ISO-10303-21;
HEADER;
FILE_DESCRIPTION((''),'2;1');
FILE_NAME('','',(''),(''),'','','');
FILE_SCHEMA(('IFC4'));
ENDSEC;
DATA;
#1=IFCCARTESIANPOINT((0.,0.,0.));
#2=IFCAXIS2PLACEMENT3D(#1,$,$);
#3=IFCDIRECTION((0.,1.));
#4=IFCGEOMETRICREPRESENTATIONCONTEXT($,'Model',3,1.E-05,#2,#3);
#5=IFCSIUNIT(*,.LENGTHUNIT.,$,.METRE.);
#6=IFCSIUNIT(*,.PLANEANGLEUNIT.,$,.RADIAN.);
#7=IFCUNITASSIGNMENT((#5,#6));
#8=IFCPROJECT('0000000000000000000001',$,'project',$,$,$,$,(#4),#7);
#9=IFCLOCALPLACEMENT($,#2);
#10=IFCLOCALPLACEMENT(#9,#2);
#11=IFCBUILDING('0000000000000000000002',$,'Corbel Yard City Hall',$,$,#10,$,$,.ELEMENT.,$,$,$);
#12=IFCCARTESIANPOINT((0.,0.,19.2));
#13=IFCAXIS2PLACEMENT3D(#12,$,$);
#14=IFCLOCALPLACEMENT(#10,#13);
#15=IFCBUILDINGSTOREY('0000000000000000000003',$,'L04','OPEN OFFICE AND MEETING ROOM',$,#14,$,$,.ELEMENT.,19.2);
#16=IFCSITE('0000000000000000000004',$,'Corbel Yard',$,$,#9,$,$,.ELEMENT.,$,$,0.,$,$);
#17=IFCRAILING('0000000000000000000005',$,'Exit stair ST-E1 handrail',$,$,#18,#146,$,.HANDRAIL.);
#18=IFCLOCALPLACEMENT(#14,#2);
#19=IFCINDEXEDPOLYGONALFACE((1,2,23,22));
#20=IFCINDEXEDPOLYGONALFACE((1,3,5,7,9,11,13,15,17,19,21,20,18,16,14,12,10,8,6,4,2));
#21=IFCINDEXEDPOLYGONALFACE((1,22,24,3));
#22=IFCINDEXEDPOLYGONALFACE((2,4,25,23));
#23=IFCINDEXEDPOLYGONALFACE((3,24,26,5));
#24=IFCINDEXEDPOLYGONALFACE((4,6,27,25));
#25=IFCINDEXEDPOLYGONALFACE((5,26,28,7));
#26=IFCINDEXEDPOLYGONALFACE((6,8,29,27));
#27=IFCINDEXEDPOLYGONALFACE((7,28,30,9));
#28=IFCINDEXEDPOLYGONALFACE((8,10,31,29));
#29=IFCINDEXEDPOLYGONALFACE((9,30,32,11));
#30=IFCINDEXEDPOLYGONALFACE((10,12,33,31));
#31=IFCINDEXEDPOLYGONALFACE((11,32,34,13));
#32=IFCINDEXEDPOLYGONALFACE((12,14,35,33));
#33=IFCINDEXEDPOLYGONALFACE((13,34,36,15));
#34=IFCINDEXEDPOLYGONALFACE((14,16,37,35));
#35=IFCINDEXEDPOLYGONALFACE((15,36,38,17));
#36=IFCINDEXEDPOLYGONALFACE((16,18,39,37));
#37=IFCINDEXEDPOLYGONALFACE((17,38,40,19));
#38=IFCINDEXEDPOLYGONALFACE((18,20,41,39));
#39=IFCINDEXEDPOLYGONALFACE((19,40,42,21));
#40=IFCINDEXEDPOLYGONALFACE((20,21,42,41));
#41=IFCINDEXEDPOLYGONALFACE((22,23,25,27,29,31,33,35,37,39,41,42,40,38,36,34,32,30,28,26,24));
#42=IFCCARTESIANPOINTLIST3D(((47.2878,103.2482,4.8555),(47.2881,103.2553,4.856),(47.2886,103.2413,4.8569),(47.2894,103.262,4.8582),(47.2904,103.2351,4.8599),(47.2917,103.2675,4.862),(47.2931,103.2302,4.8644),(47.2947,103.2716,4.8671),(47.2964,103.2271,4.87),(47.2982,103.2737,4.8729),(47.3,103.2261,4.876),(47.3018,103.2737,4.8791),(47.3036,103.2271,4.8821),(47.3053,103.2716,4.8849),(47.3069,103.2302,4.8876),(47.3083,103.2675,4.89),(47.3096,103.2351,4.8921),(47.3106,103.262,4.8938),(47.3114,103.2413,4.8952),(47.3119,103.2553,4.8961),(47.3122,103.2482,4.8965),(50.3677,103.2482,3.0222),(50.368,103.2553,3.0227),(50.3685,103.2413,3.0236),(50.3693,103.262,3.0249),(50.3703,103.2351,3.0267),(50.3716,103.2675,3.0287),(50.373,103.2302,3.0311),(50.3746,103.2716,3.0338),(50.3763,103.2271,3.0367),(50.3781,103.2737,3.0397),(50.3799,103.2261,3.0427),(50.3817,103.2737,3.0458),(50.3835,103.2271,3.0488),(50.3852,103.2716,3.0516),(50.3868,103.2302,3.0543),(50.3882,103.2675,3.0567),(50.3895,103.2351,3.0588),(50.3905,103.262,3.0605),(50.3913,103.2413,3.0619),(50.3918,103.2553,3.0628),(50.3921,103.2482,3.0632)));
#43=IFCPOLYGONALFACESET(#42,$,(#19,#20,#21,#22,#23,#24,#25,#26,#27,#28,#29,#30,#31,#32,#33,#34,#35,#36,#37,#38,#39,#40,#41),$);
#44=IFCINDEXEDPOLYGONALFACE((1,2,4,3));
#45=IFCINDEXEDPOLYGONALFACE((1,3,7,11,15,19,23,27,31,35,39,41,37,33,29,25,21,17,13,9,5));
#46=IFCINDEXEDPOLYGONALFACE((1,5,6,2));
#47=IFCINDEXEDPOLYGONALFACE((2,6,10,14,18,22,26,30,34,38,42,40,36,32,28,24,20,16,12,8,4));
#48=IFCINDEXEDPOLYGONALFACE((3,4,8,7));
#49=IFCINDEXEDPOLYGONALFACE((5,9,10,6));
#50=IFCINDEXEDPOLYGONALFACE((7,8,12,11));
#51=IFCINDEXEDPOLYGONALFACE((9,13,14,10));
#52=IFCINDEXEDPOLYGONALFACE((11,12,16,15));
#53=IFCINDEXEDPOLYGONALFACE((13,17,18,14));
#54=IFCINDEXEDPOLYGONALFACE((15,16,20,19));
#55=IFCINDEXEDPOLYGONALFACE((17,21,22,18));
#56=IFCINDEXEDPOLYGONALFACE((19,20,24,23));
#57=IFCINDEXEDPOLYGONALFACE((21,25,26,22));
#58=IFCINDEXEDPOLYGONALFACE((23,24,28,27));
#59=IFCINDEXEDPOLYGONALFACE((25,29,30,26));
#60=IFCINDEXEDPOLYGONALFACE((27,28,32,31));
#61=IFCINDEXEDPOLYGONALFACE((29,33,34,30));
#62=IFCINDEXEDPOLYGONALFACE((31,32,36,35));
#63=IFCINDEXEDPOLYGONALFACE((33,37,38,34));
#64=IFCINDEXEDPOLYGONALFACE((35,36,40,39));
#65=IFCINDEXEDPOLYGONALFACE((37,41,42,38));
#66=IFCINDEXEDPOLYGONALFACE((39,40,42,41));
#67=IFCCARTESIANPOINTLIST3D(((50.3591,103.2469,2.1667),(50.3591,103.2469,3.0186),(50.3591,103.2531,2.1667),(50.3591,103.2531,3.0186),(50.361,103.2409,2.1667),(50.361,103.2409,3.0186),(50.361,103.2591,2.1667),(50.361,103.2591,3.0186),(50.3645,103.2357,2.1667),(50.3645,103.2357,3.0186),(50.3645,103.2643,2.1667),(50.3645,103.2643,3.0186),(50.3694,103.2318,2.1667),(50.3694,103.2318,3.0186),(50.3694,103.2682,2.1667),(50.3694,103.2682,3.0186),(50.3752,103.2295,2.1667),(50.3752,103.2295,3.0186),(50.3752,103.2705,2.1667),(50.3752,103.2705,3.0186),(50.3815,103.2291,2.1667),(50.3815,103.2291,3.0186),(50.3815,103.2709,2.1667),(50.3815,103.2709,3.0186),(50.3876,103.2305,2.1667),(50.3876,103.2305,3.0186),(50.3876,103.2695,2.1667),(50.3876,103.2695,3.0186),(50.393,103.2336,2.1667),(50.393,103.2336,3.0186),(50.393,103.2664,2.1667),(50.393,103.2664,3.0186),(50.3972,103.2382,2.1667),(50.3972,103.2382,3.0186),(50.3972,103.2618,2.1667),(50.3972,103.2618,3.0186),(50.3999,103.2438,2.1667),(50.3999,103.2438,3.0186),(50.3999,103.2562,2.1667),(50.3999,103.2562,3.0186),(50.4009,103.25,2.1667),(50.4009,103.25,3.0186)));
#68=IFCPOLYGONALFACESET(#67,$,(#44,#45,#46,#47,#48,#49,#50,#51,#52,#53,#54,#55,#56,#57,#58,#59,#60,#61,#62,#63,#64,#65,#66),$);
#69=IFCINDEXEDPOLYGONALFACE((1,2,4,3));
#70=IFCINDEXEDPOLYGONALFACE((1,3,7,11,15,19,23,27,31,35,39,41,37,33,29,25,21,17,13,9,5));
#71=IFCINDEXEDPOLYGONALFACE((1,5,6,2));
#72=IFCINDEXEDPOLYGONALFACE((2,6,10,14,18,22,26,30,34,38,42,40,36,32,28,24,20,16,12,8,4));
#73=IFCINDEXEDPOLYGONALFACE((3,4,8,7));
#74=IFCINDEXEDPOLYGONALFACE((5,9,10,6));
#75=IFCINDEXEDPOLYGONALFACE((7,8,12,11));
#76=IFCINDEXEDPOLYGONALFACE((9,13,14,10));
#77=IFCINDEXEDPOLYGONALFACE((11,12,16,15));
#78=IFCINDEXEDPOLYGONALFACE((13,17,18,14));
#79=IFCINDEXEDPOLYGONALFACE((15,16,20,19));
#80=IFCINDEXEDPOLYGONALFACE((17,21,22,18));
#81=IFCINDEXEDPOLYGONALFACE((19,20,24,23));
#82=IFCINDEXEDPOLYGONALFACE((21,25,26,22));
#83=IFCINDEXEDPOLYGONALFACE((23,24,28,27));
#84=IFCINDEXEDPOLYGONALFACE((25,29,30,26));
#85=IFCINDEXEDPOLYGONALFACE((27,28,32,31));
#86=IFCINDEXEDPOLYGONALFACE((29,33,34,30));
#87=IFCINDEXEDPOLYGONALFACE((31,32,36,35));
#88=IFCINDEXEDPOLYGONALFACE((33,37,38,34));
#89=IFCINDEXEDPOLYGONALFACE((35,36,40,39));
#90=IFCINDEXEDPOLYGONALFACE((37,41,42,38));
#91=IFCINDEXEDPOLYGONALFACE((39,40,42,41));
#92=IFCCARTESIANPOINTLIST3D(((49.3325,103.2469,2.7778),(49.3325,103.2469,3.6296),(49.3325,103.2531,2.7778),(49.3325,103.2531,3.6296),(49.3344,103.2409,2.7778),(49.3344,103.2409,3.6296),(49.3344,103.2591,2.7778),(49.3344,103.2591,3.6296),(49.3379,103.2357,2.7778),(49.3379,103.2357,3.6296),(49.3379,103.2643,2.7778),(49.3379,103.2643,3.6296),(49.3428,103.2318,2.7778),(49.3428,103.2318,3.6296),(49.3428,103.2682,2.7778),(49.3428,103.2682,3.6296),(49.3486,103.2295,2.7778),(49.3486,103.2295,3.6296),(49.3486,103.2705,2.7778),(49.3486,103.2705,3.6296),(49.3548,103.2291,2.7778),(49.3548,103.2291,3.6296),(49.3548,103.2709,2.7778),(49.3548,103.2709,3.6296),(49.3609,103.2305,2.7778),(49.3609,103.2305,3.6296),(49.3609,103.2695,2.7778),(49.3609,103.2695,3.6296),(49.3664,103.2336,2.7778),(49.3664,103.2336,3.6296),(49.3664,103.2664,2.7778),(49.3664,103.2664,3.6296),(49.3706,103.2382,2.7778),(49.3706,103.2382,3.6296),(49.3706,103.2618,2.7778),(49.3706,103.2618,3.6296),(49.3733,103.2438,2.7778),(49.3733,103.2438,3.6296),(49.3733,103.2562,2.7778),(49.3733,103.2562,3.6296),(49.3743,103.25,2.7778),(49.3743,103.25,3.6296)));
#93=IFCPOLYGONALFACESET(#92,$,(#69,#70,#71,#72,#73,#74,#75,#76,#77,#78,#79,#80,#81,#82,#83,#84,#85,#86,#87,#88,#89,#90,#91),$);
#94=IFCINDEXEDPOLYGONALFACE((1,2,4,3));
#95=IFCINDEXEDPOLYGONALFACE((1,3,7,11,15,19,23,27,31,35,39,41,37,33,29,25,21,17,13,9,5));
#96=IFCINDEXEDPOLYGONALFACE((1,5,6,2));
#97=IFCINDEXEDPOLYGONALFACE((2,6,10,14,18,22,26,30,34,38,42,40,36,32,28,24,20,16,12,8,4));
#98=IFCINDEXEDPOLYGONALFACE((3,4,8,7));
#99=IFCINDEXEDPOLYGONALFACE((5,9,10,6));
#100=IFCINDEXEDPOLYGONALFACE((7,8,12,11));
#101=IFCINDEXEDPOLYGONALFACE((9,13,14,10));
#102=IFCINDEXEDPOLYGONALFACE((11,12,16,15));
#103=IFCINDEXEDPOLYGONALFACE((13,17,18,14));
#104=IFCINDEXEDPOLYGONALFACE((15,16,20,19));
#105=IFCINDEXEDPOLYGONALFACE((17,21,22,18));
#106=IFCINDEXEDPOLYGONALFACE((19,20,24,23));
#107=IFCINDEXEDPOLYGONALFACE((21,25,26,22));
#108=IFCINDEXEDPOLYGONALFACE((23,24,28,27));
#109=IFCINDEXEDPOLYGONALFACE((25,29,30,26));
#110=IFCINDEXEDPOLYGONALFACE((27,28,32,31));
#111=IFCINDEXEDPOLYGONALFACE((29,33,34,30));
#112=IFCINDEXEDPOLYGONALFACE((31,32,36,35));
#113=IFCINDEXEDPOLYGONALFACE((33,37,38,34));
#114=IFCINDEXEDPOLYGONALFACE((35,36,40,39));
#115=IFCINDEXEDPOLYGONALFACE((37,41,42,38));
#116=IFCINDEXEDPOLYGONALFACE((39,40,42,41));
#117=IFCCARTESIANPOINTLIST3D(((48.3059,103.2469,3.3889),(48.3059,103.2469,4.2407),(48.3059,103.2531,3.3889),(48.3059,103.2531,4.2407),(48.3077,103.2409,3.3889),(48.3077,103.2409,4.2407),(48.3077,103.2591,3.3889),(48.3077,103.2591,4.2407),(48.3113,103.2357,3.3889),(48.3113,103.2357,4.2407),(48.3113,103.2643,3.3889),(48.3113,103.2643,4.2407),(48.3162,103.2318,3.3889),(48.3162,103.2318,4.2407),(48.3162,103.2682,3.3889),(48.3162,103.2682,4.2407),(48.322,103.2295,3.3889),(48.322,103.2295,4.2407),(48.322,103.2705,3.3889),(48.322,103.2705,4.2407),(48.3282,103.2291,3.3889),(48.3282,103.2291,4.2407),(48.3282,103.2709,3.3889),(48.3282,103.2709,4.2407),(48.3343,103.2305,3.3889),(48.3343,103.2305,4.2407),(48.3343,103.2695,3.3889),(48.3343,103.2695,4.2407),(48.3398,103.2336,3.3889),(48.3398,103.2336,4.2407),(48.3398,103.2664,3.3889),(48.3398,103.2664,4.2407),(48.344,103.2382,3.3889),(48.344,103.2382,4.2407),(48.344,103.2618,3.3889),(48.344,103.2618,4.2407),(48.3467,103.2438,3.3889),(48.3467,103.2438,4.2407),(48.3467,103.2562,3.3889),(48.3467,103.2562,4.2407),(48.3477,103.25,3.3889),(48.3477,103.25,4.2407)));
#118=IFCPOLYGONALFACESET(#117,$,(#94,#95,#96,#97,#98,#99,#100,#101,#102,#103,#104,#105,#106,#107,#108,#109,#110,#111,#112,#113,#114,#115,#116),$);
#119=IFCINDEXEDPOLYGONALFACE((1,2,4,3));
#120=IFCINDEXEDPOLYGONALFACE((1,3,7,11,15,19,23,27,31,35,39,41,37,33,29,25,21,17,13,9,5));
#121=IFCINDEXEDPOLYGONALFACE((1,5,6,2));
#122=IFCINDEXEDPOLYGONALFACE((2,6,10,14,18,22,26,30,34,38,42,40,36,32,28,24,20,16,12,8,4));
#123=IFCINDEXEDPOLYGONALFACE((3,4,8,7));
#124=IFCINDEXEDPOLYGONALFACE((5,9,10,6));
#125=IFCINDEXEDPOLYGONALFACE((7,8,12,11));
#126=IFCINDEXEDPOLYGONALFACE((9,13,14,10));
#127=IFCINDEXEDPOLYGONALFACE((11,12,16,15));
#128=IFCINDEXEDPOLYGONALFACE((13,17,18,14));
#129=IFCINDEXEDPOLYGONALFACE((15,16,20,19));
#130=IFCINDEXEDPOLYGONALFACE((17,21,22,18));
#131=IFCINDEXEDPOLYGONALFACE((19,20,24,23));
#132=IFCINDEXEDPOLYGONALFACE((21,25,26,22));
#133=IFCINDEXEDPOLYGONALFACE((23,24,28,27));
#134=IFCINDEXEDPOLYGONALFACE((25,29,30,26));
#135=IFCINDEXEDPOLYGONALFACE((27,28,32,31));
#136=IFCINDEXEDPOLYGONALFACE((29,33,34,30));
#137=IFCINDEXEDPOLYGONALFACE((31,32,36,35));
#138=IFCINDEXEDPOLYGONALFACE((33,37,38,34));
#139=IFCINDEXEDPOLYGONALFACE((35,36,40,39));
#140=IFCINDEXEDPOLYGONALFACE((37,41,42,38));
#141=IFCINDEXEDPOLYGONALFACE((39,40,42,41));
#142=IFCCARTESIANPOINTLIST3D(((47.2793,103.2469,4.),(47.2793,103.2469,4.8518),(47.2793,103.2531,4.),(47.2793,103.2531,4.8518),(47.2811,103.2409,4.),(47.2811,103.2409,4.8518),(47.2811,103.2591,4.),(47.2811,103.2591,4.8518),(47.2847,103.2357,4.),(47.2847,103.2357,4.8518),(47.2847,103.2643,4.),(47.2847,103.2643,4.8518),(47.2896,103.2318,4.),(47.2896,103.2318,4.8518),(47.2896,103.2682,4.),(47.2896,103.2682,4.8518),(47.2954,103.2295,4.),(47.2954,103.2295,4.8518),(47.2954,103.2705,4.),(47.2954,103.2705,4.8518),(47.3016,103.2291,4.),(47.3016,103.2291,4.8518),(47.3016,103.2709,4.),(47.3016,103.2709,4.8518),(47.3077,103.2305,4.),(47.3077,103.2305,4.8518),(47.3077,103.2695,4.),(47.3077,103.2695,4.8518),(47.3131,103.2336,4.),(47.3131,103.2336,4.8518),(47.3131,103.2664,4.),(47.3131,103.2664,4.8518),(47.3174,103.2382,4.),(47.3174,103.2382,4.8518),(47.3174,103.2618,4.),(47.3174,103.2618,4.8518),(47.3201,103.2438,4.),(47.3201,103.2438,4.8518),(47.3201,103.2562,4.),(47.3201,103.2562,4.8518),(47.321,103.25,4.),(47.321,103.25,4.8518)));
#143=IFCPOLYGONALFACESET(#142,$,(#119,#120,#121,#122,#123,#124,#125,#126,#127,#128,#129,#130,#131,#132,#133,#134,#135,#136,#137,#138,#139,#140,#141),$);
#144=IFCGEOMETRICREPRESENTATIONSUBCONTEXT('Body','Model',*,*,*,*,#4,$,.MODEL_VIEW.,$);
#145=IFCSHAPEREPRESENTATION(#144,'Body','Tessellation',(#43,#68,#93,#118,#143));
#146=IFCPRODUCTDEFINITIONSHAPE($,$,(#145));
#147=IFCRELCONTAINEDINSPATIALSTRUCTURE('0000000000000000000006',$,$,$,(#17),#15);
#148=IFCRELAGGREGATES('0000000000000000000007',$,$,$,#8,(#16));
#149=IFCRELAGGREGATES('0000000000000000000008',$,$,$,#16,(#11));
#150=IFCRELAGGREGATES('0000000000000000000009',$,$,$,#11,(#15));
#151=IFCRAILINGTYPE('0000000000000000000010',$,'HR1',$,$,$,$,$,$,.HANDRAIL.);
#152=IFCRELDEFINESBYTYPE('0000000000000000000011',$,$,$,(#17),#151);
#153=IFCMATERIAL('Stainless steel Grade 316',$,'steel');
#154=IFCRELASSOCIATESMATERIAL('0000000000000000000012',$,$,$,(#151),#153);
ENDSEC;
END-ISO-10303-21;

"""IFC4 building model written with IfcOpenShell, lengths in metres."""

from ifc_helpers import new_model, si_unit, direction, frame, origin, origin_2d, place, context, subcontext, project, spatial, circle, extrude, material, type_object, element, save


model = new_model("IFC4")

# Units and contexts
model_context = context("Model", 3, precision=1e-05, world=origin(), true_north=direction((0.0, 1.0)))
body_context = subcontext(model_context, "Body", "Model", "MODEL_VIEW")
ifc_project = project(units=[si_unit("LENGTHUNIT", "METRE"), si_unit("PLANEANGLEUNIT", "RADIAN")], contexts=[model_context])

# Site, building, storey
site_placement = place(None, origin())
site = spatial("IfcSite", under=ifc_project, at=site_placement, Name="Corbel Yard", CompositionType="ELEMENT", RefElevation=0.0)
building_placement = place(site_placement, origin())
building = spatial("IfcBuilding", under=site, at=building_placement, Name="Corbel Yard City Hall", CompositionType="ELEMENT")
storey_placement = place(building_placement, frame((0.0, 0.0, 19.2)))
storey = spatial("IfcBuildingStorey", under=building, at=storey_placement, Name="L04", Description="OPEN OFFICE AND MEETING ROOM", CompositionType="ELEMENT", Elevation=19.2)

# Railing
ifc_material_1 = material(Name="Stainless steel Grade 316", Category="steel")
railing_type = type_object("IfcRailingType", Name="HR1", PredefinedType="HANDRAIL", material=ifc_material_1)
for number, where, name in (
    (1, (50.3799, 103.25, 2.1667), "Exit stair ST-E1 handrail"),
):
    element("IfcRailing", number, at=place(storey_placement, frame(where)), inside=storey, type_object=railing_type, Name=name, PredefinedType="HANDRAIL", context=body_context, shape_type="SweptSolid", body=[
        extrude(circle(Radius=0.0239, at=origin_2d()), frame((0.0, 0.0, 0.876), z_axis=(-0.859291, 0.0, 0.511487), x_axis=(0.0, -1.0, 0.0)), (0.0, 0.0, 1.0), 3.5842),
        extrude(circle(Radius=0.021, at=origin_2d()), origin(), (0.0, 0.0, 1.0), 0.8518),
        extrude(circle(Radius=0.021, at=origin_2d()), frame((-1.0266, 0.0, 0.6111)), (0.0, 0.0, 1.0), 0.8518),
        extrude(circle(Radius=0.021, at=origin_2d()), frame((-2.0532, 0.0, 1.2222)), (0.0, 0.0, 1.0), 0.8518),
        extrude(circle(Radius=0.021, at=origin_2d()), frame((-3.0798, 0.0, 1.8333)), (0.0, 0.0, 1.0), 0.8518),
    ])

save(model, "model.ifc")
